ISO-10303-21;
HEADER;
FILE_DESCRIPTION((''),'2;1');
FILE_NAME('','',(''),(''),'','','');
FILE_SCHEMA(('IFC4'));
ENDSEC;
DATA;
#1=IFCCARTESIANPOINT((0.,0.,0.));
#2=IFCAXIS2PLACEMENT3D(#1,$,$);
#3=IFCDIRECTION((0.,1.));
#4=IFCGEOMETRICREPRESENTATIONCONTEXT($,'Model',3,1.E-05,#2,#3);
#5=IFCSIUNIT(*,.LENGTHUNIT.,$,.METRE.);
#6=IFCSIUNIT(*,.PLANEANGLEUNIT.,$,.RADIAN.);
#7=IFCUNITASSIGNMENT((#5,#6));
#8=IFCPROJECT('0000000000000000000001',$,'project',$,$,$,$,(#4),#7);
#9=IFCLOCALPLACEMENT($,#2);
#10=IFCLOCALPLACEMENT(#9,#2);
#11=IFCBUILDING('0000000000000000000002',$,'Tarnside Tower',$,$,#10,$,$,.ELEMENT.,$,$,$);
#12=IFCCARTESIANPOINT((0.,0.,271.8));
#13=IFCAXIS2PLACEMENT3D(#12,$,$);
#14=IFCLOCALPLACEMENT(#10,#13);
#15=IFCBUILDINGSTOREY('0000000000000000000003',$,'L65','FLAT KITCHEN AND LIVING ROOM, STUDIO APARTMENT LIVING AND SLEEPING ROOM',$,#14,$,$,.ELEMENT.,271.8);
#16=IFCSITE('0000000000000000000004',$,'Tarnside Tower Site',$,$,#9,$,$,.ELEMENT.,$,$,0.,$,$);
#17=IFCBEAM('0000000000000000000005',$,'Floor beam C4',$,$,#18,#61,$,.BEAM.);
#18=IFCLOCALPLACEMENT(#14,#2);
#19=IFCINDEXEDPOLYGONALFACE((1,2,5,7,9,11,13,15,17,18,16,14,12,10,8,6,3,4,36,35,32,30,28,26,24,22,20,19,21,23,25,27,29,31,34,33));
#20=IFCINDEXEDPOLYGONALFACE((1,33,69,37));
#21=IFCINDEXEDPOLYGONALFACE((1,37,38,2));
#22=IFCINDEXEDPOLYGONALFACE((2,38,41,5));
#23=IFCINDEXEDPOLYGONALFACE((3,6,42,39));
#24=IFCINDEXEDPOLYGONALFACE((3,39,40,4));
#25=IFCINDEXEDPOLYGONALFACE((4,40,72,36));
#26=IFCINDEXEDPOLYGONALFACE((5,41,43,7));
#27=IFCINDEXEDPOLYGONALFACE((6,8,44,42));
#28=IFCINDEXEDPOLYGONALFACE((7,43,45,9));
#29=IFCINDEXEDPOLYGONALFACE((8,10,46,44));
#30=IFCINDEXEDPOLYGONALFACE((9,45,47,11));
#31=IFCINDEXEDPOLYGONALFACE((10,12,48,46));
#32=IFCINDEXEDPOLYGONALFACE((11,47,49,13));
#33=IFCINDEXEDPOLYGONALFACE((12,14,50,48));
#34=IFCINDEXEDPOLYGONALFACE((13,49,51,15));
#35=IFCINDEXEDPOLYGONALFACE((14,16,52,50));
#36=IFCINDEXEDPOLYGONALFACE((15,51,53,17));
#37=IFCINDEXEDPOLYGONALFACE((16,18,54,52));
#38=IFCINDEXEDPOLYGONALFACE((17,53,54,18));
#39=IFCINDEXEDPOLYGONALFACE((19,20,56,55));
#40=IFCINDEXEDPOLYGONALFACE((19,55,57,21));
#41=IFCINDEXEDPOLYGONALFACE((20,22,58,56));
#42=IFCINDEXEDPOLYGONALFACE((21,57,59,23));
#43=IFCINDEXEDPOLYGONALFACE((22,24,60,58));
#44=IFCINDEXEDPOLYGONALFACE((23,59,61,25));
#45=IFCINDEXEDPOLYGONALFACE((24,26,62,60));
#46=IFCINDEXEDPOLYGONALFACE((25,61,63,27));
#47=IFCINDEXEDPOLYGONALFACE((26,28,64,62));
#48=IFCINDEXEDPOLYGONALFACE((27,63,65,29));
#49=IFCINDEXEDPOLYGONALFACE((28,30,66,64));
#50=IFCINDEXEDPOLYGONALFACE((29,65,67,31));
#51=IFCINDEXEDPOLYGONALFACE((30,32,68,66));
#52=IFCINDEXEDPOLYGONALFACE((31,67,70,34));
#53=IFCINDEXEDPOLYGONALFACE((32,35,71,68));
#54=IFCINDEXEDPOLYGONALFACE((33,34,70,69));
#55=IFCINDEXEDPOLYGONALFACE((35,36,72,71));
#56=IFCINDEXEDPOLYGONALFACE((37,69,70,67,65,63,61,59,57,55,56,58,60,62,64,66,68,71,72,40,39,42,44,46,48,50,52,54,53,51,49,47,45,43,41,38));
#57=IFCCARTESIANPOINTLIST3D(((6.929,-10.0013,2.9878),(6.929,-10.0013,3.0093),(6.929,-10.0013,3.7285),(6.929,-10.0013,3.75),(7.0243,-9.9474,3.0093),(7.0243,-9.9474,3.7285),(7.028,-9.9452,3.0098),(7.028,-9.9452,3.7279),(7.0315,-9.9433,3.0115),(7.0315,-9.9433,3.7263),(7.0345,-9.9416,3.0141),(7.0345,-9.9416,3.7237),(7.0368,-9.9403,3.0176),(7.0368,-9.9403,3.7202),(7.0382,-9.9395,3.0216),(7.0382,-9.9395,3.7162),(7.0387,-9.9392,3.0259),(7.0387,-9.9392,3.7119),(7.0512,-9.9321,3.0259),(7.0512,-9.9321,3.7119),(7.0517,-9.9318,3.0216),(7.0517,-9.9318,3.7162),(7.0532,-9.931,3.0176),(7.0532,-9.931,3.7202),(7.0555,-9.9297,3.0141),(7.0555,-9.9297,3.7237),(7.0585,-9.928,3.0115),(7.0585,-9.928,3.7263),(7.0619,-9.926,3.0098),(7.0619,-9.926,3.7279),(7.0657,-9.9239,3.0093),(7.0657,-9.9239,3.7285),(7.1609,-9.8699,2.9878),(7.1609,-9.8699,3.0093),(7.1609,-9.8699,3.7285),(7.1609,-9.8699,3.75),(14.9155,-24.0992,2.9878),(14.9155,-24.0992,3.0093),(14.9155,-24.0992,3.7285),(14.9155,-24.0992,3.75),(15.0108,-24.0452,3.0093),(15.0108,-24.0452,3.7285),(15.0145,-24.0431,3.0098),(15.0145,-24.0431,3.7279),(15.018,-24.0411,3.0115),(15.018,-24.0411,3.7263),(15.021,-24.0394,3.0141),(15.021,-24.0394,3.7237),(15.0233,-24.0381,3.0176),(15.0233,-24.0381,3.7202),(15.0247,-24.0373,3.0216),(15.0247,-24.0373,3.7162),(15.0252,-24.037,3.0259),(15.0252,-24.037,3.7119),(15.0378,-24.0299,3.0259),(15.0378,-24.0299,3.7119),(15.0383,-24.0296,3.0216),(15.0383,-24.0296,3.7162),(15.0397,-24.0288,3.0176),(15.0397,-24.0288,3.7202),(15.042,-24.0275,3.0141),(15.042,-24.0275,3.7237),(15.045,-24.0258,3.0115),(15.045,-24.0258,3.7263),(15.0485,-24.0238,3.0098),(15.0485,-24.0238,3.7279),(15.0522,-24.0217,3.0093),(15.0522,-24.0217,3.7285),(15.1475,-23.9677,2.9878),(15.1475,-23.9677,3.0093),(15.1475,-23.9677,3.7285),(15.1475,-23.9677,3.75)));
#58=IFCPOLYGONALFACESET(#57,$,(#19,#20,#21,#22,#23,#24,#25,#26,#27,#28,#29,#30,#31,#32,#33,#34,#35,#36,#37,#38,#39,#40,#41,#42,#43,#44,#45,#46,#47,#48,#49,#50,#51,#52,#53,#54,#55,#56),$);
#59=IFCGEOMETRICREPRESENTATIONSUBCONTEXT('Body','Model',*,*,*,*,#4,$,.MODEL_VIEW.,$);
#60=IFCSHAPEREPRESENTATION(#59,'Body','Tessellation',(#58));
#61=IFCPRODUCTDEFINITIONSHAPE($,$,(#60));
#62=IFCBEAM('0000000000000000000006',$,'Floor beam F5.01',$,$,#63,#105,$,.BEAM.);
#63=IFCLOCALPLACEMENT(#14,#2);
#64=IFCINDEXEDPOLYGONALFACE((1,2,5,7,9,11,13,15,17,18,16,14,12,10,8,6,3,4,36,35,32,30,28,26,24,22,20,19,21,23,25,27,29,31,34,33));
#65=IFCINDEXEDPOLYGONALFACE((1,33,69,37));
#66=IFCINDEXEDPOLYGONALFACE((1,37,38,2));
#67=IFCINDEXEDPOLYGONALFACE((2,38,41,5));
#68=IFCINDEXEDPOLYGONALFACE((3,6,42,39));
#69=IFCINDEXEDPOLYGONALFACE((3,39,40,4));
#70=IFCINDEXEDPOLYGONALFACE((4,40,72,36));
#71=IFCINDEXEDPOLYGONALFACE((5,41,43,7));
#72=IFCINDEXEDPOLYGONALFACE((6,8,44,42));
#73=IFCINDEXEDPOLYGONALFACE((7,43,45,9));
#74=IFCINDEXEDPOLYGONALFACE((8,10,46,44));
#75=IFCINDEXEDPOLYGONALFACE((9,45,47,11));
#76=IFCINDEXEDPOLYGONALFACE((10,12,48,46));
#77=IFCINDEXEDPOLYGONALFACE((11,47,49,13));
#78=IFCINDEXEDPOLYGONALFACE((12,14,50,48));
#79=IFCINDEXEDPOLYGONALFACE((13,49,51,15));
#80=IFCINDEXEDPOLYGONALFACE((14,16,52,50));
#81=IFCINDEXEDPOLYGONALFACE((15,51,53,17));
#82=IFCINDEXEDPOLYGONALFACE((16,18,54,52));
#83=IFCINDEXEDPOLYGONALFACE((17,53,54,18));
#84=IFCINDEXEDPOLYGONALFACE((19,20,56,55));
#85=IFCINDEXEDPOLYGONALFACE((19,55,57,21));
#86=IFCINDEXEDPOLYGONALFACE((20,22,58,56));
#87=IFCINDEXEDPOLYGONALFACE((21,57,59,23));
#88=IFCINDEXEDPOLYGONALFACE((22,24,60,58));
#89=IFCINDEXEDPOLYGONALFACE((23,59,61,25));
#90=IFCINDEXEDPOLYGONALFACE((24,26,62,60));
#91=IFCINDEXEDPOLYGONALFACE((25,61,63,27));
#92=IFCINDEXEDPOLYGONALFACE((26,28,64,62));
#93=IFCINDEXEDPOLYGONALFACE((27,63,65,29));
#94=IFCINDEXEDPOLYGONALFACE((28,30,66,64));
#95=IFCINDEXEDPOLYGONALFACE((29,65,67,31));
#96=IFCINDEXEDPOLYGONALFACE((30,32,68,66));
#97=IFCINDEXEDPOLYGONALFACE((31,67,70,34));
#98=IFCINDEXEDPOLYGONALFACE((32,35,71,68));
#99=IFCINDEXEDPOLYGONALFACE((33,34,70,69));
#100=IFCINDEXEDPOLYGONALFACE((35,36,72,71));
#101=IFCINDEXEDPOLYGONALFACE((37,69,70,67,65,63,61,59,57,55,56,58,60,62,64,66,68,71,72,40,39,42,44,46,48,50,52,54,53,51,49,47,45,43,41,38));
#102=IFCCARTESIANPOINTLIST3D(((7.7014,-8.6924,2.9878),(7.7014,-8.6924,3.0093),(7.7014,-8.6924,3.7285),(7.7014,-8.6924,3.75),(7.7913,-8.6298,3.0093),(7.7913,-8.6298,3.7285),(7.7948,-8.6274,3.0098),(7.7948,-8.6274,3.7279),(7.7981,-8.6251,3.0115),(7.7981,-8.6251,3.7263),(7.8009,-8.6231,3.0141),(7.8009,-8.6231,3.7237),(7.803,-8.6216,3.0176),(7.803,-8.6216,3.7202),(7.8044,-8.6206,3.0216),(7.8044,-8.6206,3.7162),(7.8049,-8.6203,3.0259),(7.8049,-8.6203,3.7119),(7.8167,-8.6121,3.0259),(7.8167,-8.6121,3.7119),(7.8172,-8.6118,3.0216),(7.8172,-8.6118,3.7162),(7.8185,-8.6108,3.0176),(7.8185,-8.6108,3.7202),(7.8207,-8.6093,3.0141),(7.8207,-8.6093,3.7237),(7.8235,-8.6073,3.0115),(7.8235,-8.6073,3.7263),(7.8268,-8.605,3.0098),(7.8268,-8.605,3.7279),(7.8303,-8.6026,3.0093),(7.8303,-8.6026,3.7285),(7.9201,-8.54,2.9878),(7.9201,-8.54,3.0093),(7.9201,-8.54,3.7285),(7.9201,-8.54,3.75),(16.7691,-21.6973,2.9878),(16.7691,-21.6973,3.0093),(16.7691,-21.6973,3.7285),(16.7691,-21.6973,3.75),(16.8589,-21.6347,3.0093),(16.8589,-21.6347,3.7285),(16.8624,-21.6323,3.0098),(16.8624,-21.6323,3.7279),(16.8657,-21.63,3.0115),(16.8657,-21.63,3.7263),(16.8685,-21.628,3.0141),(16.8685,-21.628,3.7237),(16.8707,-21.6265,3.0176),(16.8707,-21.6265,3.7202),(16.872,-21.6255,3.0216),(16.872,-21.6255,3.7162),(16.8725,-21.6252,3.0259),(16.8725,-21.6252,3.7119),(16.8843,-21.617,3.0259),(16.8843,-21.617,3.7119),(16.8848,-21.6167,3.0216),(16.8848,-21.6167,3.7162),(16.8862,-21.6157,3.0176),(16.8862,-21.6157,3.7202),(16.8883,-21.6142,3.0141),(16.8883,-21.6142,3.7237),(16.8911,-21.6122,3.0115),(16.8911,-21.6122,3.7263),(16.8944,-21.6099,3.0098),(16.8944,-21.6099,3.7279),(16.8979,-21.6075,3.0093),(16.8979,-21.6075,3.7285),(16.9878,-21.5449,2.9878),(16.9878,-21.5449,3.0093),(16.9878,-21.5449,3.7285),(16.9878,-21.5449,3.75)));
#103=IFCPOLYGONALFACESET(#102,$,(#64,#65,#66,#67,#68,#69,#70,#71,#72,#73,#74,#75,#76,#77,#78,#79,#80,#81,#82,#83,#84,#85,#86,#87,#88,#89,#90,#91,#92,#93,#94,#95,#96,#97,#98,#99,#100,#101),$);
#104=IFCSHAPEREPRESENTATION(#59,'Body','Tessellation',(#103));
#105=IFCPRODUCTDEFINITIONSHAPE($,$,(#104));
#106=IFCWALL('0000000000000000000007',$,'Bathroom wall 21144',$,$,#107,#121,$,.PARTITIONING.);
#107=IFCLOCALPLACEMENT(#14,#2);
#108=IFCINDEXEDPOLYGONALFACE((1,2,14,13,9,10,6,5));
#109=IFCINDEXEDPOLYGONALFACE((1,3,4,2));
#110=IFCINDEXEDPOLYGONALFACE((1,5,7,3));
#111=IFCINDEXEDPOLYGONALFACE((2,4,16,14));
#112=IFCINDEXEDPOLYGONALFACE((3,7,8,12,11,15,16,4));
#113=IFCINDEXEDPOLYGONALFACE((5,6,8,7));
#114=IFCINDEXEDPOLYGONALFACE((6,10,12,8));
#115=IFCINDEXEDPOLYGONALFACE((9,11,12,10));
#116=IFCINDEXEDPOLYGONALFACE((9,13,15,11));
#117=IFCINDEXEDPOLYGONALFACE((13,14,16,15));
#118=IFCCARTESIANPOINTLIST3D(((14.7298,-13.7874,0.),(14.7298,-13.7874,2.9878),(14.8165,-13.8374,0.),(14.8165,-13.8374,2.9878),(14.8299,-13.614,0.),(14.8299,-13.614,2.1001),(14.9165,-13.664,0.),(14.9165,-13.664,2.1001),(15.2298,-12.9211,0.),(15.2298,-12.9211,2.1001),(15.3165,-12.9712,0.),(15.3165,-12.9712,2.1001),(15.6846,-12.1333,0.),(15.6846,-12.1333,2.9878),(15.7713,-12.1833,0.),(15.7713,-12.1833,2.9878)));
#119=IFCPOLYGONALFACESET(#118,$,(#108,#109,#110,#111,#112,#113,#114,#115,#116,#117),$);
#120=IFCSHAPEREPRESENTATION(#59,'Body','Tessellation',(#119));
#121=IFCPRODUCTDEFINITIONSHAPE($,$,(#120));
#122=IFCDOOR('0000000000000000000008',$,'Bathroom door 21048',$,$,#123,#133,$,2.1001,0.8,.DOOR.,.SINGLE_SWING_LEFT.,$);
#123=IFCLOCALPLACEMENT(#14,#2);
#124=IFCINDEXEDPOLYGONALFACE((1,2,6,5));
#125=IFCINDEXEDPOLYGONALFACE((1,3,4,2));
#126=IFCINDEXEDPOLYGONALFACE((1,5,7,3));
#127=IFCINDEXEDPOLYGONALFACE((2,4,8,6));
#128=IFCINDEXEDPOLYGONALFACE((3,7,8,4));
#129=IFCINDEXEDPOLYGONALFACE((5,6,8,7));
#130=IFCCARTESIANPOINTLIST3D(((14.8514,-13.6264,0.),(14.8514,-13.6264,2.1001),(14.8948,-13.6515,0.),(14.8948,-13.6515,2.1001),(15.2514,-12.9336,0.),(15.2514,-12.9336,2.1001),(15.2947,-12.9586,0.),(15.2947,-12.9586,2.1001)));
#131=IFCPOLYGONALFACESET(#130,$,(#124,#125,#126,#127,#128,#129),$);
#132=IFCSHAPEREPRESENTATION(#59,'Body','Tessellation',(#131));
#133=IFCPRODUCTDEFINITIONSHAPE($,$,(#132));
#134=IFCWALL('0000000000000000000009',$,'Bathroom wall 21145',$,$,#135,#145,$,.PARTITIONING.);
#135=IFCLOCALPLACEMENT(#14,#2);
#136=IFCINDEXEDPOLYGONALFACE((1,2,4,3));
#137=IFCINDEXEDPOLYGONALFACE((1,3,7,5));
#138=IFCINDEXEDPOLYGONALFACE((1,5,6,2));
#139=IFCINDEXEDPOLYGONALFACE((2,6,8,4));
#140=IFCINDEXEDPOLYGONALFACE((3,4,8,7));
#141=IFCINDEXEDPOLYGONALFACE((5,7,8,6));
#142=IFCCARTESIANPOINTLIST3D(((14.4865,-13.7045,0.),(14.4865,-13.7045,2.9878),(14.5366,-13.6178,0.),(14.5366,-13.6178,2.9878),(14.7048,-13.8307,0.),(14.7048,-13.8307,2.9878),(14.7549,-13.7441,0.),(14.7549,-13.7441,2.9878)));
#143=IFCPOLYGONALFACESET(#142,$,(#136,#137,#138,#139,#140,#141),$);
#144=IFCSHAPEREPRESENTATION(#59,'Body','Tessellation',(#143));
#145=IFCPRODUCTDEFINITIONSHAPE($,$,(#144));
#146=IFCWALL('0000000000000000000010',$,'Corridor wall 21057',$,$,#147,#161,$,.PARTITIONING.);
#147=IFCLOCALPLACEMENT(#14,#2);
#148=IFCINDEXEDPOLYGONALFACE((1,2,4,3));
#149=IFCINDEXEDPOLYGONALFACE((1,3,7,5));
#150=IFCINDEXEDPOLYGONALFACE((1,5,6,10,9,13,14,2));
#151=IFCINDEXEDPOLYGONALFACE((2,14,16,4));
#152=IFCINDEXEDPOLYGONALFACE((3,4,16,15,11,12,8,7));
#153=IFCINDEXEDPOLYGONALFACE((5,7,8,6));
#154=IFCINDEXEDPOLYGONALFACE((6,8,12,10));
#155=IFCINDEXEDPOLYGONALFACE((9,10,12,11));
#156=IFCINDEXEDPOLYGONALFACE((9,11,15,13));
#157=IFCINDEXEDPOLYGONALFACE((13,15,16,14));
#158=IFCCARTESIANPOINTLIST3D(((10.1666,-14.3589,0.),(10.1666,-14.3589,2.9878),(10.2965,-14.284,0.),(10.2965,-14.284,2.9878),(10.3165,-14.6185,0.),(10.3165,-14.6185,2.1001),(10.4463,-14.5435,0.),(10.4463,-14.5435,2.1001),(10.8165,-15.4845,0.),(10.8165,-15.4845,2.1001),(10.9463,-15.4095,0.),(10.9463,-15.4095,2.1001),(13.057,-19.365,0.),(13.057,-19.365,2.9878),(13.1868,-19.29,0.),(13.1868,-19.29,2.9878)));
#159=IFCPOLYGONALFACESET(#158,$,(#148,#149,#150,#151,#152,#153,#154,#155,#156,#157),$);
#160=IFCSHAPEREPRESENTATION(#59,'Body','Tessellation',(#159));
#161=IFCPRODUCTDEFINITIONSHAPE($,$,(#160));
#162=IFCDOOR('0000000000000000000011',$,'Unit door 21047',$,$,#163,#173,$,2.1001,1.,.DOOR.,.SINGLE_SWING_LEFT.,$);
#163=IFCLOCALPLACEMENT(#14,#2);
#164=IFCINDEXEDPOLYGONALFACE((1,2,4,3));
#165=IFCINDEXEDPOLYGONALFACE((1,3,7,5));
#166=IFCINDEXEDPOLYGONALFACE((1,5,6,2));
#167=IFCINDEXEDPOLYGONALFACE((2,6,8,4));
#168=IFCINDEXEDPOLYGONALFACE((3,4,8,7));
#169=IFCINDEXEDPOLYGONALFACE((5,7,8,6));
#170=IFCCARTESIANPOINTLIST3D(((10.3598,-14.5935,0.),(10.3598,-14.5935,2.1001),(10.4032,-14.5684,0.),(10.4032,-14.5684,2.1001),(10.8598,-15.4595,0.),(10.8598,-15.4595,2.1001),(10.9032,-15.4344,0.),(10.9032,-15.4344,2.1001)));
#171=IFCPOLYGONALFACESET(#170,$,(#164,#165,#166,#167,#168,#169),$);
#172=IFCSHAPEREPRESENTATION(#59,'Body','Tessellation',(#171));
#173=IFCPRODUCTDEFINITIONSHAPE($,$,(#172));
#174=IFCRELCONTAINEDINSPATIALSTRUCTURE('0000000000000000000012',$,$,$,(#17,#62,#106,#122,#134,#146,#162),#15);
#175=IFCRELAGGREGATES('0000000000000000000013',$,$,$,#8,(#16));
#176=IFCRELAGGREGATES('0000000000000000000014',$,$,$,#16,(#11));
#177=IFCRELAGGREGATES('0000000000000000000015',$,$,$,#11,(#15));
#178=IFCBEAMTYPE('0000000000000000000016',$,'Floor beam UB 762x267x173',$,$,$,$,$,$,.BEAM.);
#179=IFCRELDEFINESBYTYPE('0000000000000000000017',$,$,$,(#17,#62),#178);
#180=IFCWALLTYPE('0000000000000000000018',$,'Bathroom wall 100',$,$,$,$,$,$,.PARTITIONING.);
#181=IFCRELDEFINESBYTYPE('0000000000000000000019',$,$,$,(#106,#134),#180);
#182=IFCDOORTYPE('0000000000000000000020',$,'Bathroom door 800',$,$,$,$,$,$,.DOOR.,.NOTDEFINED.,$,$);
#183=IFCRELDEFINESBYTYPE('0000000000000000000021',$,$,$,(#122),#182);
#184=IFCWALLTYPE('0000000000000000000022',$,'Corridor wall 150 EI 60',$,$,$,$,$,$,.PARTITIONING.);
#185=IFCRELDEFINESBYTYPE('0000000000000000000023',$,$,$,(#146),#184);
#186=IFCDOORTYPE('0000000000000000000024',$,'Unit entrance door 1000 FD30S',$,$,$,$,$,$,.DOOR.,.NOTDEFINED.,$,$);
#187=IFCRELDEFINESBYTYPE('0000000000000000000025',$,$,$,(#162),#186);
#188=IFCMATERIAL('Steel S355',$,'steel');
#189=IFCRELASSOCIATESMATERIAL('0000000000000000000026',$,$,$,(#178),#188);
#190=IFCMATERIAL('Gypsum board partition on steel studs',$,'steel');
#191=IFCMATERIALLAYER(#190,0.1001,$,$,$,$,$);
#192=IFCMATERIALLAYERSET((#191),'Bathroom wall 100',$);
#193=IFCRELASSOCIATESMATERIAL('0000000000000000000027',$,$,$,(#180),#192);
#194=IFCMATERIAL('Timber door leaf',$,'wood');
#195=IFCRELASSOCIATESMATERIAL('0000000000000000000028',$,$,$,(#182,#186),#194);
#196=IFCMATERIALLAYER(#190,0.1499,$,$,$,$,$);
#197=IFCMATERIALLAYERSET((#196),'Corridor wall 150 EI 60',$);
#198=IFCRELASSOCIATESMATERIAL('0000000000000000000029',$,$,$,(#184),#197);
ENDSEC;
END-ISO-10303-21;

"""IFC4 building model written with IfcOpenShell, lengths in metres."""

from ifc_helpers import new_model, si_unit, direction, frame, frame_2d, origin, origin_2d, place, context, subcontext, project, spatial, rectangle, i_section, extrude, material, layer, layer_set, material_profile, profile_set, type_object, element, fill, save


model = new_model("IFC4")

# Units and contexts
model_context = context("Model", 3, precision=1e-05, world=origin(), true_north=direction((0.0, 1.0)))
body_context = subcontext(model_context, "Body", "Model", "MODEL_VIEW")
ifc_project = project(units=[si_unit("LENGTHUNIT", "METRE"), si_unit("PLANEANGLEUNIT", "RADIAN")], contexts=[model_context])

# Site, building, storey
site_placement = place(None, origin())
site = spatial("IfcSite", under=ifc_project, at=site_placement, Name="Tarnside Tower Site", CompositionType="ELEMENT", RefElevation=0.0)
building_placement = place(site_placement, origin())
building = spatial("IfcBuilding", under=site, at=building_placement, Name="Tarnside Tower", CompositionType="ELEMENT")
storey_placement = place(building_placement, frame((0.0, 0.0, 271.8)))
storey = spatial("IfcBuildingStorey", under=building, at=storey_placement, Name="L65", Description="FLAT KITCHEN AND LIVING ROOM, STUDIO APARTMENT LIVING AND SLEEPING ROOM", CompositionType="ELEMENT", Elevation=271.8)

# Beams
ifc_material_1 = material(Name="Steel S355", Category="steel")
ifc_material_profile_1 = material_profile(ifc_material_1, i_section(OverallWidth=0.2666, OverallDepth=0.7622, WebThickness=0.0144, FlangeThickness=0.0215, FilletRadius=0.0166, at=origin_2d()), Name="UB 762x267x173")
ifc_profile_set_1 = profile_set([ifc_material_profile_1], Name="Steel S355")
beam_type_1 = type_object("IfcBeamType", Name="Floor beam UB 762x267x173", PredefinedType="BEAM", material=ifc_profile_set_1)
beam_1_placement = place(storey_placement, frame((15.0315, -24.0334, 3.3689), z_axis=(-0.492908, 0.870081, 0.0), x_axis=(-0.870081, -0.492908, 0.0)))
element("IfcBeam", 1, at=beam_1_placement, inside=storey, type_object=beam_type_1, Name="Floor beam C4", PredefinedType="BEAM", context=body_context, shape_type="SweptSolid", body=[
    extrude(i_section(OverallWidth=0.2666, OverallDepth=0.7622, WebThickness=0.0144, FlangeThickness=0.0215, FilletRadius=0.0166, at=origin_2d()), origin(), (0.0, 0.0, 1.0), 16.2029),
])
beam_2_placement = place(storey_placement, frame((16.8784, -21.6211, 3.3689), z_axis=(-0.571946, 0.820291, 0.0), x_axis=(-0.820291, -0.571946, 0.0)))
element("IfcBeam", 2, at=beam_2_placement, inside=storey, type_object=beam_type_1, Name="Floor beam F5.01", PredefinedType="BEAM", context=body_context, shape_type="SweptSolid", body=[
    extrude(i_section(OverallWidth=0.2666, OverallDepth=0.7622, WebThickness=0.0144, FlangeThickness=0.0215, FilletRadius=0.0166, at=origin_2d()), origin(), (0.0, 0.0, 1.0), 15.854),
])

# Wall, opening, door
ifc_material_2 = material(Name="Gypsum board partition on steel studs", Category="steel")
ifc_layer_1 = layer(ifc_material_2, 0.1001)
ifc_layer_set_1 = layer_set([ifc_layer_1], Name="Bathroom wall 100")
wall_type_1 = type_object("IfcWallType", Name="Bathroom wall 100", PredefinedType="PARTITIONING", material=ifc_layer_set_1)
wall_1_placement = place(storey_placement, frame((15.728, -12.1582, 0.0), z_axis=(0.0, 0.0, 1.0), x_axis=(-0.499947, -0.866056, 0.0)))
wall_1 = element("IfcWall", 3, at=wall_1_placement, inside=storey, type_object=wall_type_1, Name="Bathroom wall 21144", PredefinedType="PARTITIONING", context=body_context, shape_type="SweptSolid", body=[
    extrude(rectangle(XDim=1.9099, YDim=0.1001, at=frame_2d((0.9551, 0.0))), origin(), (0.0, 0.0, 1.0), 2.9878),
])
opening_1_placement = place(wall_1_placement, frame((0.9099, 0.0, 0.0)))
opening_1 = element("IfcOpeningElement", 4, at=opening_1_placement, cuts=wall_1, PredefinedType="OPENING", context=body_context, shape_type="SweptSolid", body=[
    extrude(rectangle(XDim=0.8, YDim=2.1001, at=frame_2d((0.3999, 1.05))), frame((0.0, 0.0601, 0.0), z_axis=(0.0, -1.0, 0.0), x_axis=(1.0, 0.0, 0.0)), (0.0, 0.0, 1.0), 0.1201),
])
ifc_material_3 = material(Name="Timber door leaf", Category="wood")
door_type_1 = type_object("IfcDoorType", Name="Bathroom door 800", OperationType="NOTDEFINED", PredefinedType="DOOR", material=ifc_material_3)
door_1_placement = place(opening_1_placement, origin())
door_1 = element("IfcDoor", 5, at=door_1_placement, inside=storey, type_object=door_type_1, Name="Bathroom door 21048", OperationType="SINGLE_SWING_LEFT", OverallHeight=2.1001, OverallWidth=0.8, PredefinedType="DOOR", context=body_context, shape_type="SweptSolid", body=[
    extrude(rectangle(XDim=0.8, YDim=2.1001, at=frame_2d((0.3999, 1.05))), frame((0.0, 0.0249, 0.0), z_axis=(0.0, -1.0, 0.0), x_axis=(1.0, 0.0, 0.0)), (0.0, 0.0, 1.0), 0.05),
])
fill(opening_1, door_1)

# Wall
wall_2_placement = place(storey_placement, frame((14.7297, -13.7874, 0.0), z_axis=(0.0, 0.0, 1.0), x_axis=(-0.865669, 0.500616, 0.0)))
element("IfcWall", 6, at=wall_2_placement, inside=storey, type_object=wall_type_1, Name="Bathroom wall 21145", PredefinedType="PARTITIONING", context=body_context, shape_type="SweptSolid", body=[
    extrude(rectangle(XDim=0.2522, YDim=0.1001, at=frame_2d((0.126, 0.0))), origin(), (0.0, 0.0, 1.0), 2.9878),
])

# Wall, opening, door
ifc_layer_2 = layer(ifc_material_2, 0.1499)
ifc_layer_set_2 = layer_set([ifc_layer_2], Name="Corridor wall 150 EI 60")
wall_type_2 = type_object("IfcWallType", Name="Corridor wall 150 EI 60", PredefinedType="PARTITIONING", material=ifc_layer_set_2)
wall_3_placement = place(storey_placement, frame((13.1218, -19.3274, 0.0), z_axis=(0.0, 0.0, 1.0), x_axis=(-0.500014, 0.866017, 0.0)))
wall_3 = element("IfcWall", 7, at=wall_3_placement, inside=storey, type_object=wall_type_2, Name="Corridor wall 21057", PredefinedType="PARTITIONING", context=body_context, shape_type="SweptSolid", body=[
    extrude(rectangle(XDim=5.7805, YDim=0.1499, at=frame_2d((2.8901, 0.0))), origin(), (0.0, 0.0, 1.0), 2.9878),
])
opening_2_placement = place(wall_3_placement, frame((4.4807, 0.0, 0.0)))
opening_2 = element("IfcOpeningElement", 8, at=opening_2_placement, cuts=wall_3, PredefinedType="OPENING", context=body_context, shape_type="SweptSolid", body=[
    extrude(rectangle(XDim=1.0, YDim=2.1001, at=frame_2d((0.5, 1.05))), frame((0.0, 0.085, 0.0), z_axis=(0.0, -1.0, 0.0), x_axis=(1.0, 0.0, 0.0)), (0.0, 0.0, 1.0), 0.1699),
])
door_type_2 = type_object("IfcDoorType", Name="Unit entrance door 1000 FD30S", OperationType="NOTDEFINED", PredefinedType="DOOR", material=ifc_material_3)
door_2_placement = place(opening_2_placement, origin())
door_2 = element("IfcDoor", 9, at=door_2_placement, inside=storey, type_object=door_type_2, Name="Unit door 21047", OperationType="SINGLE_SWING_LEFT", OverallHeight=2.1001, OverallWidth=1.0, PredefinedType="DOOR", context=body_context, shape_type="SweptSolid", body=[
    extrude(rectangle(XDim=1.0, YDim=2.1001, at=frame_2d((0.5, 1.05))), frame((0.0, 0.0249, 0.0), z_axis=(0.0, -1.0, 0.0), x_axis=(1.0, 0.0, 0.0)), (0.0, 0.0, 1.0), 0.05),
])
fill(opening_2, door_2)

save(model, "model.ifc")
